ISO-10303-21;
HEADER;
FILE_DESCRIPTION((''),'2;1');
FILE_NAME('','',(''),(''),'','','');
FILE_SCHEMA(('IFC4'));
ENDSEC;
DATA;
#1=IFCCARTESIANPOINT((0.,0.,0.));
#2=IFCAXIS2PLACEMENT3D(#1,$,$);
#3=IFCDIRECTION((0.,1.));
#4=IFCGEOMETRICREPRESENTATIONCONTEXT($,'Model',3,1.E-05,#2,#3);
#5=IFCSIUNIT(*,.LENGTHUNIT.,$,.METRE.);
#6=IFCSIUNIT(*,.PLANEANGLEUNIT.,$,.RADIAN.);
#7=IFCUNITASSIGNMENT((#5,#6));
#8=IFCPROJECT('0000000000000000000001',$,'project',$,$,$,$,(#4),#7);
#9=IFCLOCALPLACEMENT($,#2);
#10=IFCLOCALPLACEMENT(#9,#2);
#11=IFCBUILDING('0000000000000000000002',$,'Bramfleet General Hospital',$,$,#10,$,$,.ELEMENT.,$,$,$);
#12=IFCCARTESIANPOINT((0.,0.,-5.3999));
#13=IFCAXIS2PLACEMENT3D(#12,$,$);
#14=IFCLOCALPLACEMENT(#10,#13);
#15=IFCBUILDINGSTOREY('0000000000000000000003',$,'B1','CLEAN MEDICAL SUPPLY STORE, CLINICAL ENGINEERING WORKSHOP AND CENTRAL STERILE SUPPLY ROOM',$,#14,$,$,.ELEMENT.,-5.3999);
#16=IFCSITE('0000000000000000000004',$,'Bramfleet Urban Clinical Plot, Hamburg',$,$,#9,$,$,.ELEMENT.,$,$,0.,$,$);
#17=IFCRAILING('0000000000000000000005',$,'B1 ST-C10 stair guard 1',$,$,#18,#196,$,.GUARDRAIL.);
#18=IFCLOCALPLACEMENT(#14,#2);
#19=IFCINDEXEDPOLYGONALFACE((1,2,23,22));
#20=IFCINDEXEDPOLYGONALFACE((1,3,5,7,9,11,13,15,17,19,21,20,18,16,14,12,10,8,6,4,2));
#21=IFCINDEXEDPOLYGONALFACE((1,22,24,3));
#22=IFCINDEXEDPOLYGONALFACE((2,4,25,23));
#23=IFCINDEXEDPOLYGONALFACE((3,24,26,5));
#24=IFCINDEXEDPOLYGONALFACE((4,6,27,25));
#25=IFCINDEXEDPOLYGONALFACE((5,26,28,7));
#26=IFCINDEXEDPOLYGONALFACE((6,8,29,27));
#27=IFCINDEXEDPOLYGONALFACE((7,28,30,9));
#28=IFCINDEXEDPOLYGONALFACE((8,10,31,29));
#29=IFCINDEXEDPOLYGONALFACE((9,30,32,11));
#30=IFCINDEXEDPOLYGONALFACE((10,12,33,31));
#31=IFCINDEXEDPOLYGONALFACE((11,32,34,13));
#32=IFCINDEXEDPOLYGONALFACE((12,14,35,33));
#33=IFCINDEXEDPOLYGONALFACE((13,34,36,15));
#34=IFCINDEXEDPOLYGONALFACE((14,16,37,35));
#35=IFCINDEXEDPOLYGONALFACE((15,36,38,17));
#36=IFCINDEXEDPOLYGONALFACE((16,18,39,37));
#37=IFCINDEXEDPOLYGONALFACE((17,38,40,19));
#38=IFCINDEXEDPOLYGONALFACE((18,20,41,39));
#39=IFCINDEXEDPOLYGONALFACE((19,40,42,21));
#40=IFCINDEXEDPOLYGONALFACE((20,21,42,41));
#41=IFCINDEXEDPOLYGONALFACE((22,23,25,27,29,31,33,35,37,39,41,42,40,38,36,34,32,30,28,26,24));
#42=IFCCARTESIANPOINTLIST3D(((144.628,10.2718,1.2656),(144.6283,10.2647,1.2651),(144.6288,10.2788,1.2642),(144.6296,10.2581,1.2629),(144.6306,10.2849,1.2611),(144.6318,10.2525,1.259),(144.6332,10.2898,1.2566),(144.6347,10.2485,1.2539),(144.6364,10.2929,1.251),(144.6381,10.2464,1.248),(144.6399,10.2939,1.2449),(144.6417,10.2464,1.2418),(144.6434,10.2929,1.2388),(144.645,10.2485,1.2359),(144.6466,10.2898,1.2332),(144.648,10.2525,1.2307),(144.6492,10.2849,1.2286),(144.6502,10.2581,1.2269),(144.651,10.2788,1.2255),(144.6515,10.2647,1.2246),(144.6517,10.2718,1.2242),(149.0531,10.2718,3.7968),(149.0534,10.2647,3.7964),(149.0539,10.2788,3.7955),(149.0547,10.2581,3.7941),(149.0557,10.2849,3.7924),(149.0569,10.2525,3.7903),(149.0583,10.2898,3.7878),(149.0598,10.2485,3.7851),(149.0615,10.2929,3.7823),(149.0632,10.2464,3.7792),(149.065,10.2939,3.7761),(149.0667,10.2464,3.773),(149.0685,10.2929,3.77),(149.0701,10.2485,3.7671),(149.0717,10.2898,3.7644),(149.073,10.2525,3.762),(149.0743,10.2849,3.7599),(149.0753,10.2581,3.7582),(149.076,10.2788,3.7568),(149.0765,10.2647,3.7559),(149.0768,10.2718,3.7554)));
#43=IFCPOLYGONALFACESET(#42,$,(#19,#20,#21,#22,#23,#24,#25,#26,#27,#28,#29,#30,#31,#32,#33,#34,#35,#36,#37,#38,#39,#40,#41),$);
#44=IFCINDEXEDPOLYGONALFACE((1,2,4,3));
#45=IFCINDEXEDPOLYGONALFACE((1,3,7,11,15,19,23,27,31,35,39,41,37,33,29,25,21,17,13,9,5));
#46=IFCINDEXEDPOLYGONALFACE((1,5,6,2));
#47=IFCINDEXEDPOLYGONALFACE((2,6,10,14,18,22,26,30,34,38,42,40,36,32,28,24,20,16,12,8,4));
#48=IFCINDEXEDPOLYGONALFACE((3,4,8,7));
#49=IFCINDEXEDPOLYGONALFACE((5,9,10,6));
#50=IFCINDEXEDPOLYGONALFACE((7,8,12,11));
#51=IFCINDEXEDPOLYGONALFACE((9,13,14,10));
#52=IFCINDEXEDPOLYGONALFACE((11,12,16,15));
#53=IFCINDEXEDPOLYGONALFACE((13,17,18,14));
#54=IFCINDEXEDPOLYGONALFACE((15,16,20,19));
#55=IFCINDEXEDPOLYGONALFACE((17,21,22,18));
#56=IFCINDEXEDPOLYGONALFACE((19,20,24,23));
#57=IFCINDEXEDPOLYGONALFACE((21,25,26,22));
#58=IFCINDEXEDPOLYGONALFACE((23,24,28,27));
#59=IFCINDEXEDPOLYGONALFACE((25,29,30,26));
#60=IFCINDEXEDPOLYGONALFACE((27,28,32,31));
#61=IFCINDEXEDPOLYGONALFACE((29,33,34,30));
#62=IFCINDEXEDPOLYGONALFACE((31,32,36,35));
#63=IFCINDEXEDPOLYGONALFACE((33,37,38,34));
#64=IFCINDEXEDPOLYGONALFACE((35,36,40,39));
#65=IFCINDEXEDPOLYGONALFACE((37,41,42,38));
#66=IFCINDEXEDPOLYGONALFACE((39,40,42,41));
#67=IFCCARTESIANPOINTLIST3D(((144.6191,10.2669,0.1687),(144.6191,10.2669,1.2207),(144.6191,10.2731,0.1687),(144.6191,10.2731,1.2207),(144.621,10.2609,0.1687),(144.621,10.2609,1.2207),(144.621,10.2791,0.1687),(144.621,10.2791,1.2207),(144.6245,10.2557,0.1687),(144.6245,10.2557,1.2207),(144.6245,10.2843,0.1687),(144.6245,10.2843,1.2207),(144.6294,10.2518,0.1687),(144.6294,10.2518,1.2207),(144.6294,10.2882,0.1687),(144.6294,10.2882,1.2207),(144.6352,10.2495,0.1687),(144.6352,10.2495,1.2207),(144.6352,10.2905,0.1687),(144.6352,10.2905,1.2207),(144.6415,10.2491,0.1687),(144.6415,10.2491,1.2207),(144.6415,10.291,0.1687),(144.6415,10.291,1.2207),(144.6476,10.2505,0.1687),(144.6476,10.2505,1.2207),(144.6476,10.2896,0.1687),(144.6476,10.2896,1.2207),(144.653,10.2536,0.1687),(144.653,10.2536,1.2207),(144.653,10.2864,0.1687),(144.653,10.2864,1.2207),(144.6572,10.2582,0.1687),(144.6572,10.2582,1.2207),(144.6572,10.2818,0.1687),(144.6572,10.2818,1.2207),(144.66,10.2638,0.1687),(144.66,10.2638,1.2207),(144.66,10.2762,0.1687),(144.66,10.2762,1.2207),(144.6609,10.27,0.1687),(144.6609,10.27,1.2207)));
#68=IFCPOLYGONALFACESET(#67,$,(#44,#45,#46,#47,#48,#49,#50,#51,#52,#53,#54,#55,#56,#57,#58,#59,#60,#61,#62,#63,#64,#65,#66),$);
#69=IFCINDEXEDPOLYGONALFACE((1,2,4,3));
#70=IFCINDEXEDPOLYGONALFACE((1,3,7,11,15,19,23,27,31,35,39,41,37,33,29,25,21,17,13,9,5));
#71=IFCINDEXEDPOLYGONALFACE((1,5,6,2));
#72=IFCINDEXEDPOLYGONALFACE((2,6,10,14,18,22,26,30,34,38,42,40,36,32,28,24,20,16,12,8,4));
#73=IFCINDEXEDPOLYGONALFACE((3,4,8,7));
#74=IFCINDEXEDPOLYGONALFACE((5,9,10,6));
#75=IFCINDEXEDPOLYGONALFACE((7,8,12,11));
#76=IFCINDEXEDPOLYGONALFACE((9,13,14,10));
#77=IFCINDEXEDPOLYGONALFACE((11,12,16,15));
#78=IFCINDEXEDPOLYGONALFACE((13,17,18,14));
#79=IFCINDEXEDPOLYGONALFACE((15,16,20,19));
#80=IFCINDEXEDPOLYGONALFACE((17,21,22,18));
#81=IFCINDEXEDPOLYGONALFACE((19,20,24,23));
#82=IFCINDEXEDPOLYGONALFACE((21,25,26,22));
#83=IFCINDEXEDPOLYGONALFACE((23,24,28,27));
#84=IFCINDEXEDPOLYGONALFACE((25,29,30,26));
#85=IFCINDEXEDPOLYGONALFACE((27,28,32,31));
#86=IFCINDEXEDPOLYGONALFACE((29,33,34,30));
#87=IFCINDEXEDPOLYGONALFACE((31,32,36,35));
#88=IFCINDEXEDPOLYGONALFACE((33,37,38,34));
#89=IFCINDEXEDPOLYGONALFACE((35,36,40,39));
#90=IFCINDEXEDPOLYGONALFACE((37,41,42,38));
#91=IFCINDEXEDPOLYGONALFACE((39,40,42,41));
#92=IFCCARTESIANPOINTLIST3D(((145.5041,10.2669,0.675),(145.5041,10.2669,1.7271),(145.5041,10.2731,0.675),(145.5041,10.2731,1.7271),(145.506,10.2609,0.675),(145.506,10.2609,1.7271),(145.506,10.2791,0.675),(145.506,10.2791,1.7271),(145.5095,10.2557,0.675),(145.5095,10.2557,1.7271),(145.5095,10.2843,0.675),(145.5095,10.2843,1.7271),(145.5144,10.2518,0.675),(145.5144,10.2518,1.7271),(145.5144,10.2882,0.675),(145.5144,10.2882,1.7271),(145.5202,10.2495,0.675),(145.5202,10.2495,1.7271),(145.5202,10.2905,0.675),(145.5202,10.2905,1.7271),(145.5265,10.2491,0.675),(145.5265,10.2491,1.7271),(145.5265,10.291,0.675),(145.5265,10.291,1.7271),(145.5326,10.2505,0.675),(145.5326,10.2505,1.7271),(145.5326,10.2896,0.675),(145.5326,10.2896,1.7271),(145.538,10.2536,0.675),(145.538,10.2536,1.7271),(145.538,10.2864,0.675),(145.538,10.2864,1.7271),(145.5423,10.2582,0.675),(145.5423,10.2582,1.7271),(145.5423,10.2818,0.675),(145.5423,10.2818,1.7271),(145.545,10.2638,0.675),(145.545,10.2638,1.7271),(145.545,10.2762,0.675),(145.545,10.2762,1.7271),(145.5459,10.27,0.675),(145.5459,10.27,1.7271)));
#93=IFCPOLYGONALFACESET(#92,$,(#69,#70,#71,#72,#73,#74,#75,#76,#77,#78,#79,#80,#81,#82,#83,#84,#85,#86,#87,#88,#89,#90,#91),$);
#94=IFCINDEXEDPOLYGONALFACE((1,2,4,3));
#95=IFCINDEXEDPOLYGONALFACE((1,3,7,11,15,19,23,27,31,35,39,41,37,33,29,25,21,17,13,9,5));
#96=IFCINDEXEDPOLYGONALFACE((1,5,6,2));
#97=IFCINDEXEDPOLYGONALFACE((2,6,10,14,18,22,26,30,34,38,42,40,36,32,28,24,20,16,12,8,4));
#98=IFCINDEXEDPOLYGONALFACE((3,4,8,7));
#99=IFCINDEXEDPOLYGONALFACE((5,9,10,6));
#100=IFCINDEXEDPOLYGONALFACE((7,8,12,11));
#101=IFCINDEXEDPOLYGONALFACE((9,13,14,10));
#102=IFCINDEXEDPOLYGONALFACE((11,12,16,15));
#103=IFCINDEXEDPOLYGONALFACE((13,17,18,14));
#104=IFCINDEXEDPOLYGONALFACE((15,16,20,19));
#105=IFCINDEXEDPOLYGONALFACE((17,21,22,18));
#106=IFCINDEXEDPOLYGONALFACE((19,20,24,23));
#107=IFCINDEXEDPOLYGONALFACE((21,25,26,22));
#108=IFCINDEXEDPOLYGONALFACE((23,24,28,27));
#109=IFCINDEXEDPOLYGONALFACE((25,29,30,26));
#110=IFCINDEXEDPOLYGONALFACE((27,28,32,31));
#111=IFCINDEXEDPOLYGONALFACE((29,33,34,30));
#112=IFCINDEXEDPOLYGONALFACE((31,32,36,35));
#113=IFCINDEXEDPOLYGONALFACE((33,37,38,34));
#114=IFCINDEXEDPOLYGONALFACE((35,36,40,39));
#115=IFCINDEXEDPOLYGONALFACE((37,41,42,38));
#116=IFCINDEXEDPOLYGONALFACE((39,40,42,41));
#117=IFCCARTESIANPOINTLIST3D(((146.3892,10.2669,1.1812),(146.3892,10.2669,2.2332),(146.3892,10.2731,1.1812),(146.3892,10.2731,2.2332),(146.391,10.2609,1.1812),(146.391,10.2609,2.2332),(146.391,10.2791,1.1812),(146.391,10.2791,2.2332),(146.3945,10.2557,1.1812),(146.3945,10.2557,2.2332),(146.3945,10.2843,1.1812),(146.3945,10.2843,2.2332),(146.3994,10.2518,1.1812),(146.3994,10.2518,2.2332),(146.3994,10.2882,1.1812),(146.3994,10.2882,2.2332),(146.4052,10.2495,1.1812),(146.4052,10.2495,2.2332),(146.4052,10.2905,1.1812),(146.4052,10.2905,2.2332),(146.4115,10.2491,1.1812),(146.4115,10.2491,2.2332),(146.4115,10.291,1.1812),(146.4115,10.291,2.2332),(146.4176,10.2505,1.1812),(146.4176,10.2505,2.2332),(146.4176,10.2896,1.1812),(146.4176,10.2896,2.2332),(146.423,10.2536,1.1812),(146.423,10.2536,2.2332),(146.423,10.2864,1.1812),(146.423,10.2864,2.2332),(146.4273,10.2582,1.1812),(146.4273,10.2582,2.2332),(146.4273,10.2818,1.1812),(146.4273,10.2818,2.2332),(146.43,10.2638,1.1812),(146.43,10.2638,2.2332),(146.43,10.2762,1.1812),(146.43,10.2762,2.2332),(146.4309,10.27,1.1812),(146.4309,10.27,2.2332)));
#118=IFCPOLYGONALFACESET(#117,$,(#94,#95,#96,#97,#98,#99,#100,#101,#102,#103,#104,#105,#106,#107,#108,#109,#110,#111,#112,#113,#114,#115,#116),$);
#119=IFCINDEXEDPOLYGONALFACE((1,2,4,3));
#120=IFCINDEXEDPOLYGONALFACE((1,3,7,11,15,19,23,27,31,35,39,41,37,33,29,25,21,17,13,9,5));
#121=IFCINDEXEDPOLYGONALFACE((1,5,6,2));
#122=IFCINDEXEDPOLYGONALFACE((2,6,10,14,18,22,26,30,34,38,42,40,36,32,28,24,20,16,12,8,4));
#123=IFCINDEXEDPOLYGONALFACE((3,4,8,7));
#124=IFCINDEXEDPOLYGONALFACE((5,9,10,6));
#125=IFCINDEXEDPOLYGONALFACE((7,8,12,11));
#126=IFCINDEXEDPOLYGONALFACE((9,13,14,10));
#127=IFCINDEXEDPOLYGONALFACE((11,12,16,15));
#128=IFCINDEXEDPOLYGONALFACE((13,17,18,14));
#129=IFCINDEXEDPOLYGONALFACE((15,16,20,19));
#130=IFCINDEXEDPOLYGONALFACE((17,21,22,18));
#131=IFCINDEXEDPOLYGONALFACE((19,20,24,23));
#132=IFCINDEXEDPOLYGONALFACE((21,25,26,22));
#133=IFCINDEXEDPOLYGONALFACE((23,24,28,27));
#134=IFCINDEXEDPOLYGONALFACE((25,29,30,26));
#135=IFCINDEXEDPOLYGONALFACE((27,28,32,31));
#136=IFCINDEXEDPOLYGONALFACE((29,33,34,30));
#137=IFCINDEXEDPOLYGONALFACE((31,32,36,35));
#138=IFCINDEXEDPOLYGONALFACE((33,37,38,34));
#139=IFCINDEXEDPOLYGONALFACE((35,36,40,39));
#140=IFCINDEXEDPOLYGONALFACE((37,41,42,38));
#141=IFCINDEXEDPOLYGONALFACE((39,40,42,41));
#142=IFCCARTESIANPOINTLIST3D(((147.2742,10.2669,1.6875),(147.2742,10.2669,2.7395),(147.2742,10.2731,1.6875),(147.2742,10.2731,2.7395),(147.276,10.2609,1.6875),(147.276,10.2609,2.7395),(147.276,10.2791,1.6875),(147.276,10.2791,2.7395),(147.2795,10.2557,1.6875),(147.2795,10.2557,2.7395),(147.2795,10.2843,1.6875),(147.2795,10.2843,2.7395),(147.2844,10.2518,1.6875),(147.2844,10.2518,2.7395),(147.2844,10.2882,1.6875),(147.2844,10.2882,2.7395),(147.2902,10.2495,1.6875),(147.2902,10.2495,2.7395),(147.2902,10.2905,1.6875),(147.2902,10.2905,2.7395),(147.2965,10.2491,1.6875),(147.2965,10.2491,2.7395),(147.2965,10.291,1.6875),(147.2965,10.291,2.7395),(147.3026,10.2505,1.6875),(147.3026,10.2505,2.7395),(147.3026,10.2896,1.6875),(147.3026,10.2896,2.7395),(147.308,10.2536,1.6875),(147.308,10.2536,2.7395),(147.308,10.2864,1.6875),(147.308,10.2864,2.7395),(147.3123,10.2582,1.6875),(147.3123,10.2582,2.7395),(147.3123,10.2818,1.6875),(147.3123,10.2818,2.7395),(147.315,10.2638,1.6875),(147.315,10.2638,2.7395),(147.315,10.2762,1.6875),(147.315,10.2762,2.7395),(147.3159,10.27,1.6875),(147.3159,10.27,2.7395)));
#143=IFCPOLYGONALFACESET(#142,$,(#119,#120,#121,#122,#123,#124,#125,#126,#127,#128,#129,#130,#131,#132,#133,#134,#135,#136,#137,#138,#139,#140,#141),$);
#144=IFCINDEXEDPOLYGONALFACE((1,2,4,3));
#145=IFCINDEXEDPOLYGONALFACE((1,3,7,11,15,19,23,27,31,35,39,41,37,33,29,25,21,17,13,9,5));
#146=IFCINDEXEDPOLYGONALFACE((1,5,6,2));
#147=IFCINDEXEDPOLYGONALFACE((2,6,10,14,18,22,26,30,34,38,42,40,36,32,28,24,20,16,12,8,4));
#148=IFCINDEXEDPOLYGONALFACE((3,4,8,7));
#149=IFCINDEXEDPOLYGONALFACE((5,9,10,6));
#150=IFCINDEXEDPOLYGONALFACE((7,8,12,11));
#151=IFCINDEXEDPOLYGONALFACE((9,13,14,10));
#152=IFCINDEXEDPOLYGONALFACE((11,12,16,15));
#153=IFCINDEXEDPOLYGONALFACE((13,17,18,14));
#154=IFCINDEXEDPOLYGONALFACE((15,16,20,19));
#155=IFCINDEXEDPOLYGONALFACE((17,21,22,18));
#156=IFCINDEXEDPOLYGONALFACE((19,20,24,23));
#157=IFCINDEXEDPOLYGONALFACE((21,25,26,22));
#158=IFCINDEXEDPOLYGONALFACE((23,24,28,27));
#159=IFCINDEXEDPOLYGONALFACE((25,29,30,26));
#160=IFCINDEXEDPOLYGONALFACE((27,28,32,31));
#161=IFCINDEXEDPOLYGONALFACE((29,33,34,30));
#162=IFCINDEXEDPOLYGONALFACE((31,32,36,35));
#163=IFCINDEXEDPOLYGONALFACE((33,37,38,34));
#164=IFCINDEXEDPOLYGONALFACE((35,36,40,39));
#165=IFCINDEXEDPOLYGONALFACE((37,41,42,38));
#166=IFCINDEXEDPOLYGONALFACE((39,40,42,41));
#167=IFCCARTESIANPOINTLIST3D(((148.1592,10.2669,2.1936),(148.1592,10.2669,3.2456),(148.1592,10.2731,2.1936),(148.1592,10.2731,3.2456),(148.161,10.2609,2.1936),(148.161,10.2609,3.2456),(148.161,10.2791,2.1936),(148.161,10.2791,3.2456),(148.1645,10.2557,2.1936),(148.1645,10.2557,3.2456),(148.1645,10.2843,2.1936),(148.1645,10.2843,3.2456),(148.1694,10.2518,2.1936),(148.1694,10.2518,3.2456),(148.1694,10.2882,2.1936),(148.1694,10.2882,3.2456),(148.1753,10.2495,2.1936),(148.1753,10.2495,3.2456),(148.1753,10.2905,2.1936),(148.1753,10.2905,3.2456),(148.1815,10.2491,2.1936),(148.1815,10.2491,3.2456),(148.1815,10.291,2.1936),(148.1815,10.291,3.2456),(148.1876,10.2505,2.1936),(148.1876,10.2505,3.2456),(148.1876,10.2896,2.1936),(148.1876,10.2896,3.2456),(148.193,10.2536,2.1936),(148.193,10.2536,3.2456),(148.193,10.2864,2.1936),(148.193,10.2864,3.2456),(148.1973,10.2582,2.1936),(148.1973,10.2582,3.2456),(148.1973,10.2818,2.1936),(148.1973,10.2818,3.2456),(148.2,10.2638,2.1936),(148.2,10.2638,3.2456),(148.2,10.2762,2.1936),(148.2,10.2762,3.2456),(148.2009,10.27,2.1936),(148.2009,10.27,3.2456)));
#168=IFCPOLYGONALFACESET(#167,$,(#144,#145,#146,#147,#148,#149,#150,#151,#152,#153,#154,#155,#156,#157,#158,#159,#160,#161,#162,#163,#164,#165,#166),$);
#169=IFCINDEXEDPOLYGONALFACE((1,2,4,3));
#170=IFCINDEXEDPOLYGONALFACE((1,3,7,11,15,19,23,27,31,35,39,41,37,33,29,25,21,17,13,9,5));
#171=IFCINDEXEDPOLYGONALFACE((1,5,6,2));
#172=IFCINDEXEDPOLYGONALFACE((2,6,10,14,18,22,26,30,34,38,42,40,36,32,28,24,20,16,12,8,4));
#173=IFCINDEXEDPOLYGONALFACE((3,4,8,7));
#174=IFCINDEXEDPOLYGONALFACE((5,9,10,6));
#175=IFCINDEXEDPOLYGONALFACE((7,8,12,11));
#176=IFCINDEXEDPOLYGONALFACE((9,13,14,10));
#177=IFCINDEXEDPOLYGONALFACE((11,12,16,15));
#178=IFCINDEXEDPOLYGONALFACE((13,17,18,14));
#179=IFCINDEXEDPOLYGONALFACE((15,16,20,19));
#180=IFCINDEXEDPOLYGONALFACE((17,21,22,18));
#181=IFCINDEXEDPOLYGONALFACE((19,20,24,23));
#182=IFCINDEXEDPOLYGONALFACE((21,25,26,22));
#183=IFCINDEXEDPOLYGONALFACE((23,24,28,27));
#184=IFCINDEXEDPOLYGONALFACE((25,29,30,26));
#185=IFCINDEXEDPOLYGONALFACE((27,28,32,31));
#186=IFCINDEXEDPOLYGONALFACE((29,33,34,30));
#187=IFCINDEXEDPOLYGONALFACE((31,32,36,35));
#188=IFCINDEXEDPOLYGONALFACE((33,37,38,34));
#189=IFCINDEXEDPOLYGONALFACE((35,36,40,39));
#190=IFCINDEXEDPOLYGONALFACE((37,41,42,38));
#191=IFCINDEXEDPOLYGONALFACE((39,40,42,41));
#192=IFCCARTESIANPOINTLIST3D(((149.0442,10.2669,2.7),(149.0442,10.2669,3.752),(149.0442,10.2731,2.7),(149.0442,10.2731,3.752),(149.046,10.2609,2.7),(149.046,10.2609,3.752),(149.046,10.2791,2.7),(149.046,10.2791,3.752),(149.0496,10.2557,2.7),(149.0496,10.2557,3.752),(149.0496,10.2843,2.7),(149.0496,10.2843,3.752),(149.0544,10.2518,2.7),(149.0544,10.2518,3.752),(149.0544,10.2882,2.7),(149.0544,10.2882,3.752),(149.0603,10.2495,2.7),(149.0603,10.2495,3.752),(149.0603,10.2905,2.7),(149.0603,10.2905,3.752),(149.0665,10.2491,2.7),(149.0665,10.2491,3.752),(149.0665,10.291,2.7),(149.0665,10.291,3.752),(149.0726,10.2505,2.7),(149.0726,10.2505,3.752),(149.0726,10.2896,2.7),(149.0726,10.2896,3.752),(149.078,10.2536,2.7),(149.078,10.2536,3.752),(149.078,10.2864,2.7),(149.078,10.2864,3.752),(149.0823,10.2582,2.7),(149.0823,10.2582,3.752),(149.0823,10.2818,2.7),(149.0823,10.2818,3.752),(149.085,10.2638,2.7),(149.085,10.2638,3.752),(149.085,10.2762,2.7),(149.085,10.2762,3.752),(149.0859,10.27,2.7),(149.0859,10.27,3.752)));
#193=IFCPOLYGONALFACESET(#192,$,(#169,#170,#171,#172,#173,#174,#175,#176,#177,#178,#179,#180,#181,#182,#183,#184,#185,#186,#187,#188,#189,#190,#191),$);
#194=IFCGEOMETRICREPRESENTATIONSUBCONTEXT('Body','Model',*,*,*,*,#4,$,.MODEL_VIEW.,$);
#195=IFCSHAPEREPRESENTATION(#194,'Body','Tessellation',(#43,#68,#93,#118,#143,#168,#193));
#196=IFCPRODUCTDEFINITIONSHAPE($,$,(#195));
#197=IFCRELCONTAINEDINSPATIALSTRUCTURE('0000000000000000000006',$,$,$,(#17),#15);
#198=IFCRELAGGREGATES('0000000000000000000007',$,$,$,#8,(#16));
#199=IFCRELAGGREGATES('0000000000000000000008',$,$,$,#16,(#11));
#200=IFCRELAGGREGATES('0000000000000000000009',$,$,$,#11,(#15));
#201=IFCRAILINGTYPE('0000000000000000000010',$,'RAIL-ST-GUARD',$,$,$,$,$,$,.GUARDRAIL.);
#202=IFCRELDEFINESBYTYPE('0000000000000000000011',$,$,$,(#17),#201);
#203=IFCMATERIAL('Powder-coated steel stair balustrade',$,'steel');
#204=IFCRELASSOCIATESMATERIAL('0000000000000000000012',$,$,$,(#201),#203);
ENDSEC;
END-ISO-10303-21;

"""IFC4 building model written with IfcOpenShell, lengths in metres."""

from ifc_helpers import new_model, si_unit, direction, frame, origin, origin_2d, place, context, subcontext, project, spatial, circle, extrude, material, type_object, element, save


model = new_model("IFC4")

# Units and contexts
model_context = context("Model", 3, precision=1e-05, world=origin(), true_north=direction((0.0, 1.0)))
body_context = subcontext(model_context, "Body", "Model", "MODEL_VIEW")
ifc_project = project(units=[si_unit("LENGTHUNIT", "METRE"), si_unit("PLANEANGLEUNIT", "RADIAN")], contexts=[model_context])

# Site, building, storey
site_placement = place(None, origin())
site = spatial("IfcSite", under=ifc_project, at=site_placement, Name="Bramfleet Urban Clinical Plot, Hamburg", CompositionType="ELEMENT", RefElevation=0.0)
building_placement = place(site_placement, origin())
building = spatial("IfcBuilding", under=site, at=building_placement, Name="Bramfleet General Hospital", CompositionType="ELEMENT")
storey_placement = place(building_placement, frame((0.0, 0.0, -5.3999)))
storey = spatial("IfcBuildingStorey", under=building, at=storey_placement, Name="B1", Description="CLEAN MEDICAL SUPPLY STORE, CLINICAL ENGINEERING WORKSHOP AND CENTRAL STERILE SUPPLY ROOM", CompositionType="ELEMENT", Elevation=-5.3999)

# Railing
ifc_material_1 = material(Name="Powder-coated steel stair balustrade", Category="steel")
railing_type_1 = type_object("IfcRailingType", Name="RAIL-ST-GUARD", PredefinedType="GUARDRAIL", material=ifc_material_1)
railing_1_placement = place(storey_placement, frame((144.6399, 10.27, 0.1687)))
element("IfcRailing", 1, at=railing_1_placement, inside=storey, type_object=railing_type_1, Name="B1 ST-C10 stair guard 1", PredefinedType="GUARDRAIL", context=body_context, shape_type="SweptSolid", body=[
    extrude(circle(Radius=0.0239, at=origin_2d()), frame((0.0, 0.0, 1.0762), z_axis=(0.868019, 0.0, 0.496531), x_axis=(0.0, 1.0, 0.0)), (0.0, 0.0, 1.0), 5.0979),
    extrude(circle(Radius=0.021, at=origin_2d()), origin(), (0.0, 0.0, 1.0), 1.052),
    extrude(circle(Radius=0.021, at=origin_2d()), frame((0.885, 0.0, 0.5063)), (0.0, 0.0, 1.0), 1.052),
    extrude(circle(Radius=0.021, at=origin_2d()), frame((1.77, 0.0, 1.0125)), (0.0, 0.0, 1.0), 1.052),
    extrude(circle(Radius=0.021, at=origin_2d()), frame((2.655, 0.0, 1.5188)), (0.0, 0.0, 1.0), 1.052),
    extrude(circle(Radius=0.021, at=origin_2d()), frame((3.54, 0.0, 2.0249)), (0.0, 0.0, 1.0), 1.052),
    extrude(circle(Radius=0.021, at=origin_2d()), frame((4.425, 0.0, 2.5312)), (0.0, 0.0, 1.0), 1.052),
])

save(model, "model.ifc")
